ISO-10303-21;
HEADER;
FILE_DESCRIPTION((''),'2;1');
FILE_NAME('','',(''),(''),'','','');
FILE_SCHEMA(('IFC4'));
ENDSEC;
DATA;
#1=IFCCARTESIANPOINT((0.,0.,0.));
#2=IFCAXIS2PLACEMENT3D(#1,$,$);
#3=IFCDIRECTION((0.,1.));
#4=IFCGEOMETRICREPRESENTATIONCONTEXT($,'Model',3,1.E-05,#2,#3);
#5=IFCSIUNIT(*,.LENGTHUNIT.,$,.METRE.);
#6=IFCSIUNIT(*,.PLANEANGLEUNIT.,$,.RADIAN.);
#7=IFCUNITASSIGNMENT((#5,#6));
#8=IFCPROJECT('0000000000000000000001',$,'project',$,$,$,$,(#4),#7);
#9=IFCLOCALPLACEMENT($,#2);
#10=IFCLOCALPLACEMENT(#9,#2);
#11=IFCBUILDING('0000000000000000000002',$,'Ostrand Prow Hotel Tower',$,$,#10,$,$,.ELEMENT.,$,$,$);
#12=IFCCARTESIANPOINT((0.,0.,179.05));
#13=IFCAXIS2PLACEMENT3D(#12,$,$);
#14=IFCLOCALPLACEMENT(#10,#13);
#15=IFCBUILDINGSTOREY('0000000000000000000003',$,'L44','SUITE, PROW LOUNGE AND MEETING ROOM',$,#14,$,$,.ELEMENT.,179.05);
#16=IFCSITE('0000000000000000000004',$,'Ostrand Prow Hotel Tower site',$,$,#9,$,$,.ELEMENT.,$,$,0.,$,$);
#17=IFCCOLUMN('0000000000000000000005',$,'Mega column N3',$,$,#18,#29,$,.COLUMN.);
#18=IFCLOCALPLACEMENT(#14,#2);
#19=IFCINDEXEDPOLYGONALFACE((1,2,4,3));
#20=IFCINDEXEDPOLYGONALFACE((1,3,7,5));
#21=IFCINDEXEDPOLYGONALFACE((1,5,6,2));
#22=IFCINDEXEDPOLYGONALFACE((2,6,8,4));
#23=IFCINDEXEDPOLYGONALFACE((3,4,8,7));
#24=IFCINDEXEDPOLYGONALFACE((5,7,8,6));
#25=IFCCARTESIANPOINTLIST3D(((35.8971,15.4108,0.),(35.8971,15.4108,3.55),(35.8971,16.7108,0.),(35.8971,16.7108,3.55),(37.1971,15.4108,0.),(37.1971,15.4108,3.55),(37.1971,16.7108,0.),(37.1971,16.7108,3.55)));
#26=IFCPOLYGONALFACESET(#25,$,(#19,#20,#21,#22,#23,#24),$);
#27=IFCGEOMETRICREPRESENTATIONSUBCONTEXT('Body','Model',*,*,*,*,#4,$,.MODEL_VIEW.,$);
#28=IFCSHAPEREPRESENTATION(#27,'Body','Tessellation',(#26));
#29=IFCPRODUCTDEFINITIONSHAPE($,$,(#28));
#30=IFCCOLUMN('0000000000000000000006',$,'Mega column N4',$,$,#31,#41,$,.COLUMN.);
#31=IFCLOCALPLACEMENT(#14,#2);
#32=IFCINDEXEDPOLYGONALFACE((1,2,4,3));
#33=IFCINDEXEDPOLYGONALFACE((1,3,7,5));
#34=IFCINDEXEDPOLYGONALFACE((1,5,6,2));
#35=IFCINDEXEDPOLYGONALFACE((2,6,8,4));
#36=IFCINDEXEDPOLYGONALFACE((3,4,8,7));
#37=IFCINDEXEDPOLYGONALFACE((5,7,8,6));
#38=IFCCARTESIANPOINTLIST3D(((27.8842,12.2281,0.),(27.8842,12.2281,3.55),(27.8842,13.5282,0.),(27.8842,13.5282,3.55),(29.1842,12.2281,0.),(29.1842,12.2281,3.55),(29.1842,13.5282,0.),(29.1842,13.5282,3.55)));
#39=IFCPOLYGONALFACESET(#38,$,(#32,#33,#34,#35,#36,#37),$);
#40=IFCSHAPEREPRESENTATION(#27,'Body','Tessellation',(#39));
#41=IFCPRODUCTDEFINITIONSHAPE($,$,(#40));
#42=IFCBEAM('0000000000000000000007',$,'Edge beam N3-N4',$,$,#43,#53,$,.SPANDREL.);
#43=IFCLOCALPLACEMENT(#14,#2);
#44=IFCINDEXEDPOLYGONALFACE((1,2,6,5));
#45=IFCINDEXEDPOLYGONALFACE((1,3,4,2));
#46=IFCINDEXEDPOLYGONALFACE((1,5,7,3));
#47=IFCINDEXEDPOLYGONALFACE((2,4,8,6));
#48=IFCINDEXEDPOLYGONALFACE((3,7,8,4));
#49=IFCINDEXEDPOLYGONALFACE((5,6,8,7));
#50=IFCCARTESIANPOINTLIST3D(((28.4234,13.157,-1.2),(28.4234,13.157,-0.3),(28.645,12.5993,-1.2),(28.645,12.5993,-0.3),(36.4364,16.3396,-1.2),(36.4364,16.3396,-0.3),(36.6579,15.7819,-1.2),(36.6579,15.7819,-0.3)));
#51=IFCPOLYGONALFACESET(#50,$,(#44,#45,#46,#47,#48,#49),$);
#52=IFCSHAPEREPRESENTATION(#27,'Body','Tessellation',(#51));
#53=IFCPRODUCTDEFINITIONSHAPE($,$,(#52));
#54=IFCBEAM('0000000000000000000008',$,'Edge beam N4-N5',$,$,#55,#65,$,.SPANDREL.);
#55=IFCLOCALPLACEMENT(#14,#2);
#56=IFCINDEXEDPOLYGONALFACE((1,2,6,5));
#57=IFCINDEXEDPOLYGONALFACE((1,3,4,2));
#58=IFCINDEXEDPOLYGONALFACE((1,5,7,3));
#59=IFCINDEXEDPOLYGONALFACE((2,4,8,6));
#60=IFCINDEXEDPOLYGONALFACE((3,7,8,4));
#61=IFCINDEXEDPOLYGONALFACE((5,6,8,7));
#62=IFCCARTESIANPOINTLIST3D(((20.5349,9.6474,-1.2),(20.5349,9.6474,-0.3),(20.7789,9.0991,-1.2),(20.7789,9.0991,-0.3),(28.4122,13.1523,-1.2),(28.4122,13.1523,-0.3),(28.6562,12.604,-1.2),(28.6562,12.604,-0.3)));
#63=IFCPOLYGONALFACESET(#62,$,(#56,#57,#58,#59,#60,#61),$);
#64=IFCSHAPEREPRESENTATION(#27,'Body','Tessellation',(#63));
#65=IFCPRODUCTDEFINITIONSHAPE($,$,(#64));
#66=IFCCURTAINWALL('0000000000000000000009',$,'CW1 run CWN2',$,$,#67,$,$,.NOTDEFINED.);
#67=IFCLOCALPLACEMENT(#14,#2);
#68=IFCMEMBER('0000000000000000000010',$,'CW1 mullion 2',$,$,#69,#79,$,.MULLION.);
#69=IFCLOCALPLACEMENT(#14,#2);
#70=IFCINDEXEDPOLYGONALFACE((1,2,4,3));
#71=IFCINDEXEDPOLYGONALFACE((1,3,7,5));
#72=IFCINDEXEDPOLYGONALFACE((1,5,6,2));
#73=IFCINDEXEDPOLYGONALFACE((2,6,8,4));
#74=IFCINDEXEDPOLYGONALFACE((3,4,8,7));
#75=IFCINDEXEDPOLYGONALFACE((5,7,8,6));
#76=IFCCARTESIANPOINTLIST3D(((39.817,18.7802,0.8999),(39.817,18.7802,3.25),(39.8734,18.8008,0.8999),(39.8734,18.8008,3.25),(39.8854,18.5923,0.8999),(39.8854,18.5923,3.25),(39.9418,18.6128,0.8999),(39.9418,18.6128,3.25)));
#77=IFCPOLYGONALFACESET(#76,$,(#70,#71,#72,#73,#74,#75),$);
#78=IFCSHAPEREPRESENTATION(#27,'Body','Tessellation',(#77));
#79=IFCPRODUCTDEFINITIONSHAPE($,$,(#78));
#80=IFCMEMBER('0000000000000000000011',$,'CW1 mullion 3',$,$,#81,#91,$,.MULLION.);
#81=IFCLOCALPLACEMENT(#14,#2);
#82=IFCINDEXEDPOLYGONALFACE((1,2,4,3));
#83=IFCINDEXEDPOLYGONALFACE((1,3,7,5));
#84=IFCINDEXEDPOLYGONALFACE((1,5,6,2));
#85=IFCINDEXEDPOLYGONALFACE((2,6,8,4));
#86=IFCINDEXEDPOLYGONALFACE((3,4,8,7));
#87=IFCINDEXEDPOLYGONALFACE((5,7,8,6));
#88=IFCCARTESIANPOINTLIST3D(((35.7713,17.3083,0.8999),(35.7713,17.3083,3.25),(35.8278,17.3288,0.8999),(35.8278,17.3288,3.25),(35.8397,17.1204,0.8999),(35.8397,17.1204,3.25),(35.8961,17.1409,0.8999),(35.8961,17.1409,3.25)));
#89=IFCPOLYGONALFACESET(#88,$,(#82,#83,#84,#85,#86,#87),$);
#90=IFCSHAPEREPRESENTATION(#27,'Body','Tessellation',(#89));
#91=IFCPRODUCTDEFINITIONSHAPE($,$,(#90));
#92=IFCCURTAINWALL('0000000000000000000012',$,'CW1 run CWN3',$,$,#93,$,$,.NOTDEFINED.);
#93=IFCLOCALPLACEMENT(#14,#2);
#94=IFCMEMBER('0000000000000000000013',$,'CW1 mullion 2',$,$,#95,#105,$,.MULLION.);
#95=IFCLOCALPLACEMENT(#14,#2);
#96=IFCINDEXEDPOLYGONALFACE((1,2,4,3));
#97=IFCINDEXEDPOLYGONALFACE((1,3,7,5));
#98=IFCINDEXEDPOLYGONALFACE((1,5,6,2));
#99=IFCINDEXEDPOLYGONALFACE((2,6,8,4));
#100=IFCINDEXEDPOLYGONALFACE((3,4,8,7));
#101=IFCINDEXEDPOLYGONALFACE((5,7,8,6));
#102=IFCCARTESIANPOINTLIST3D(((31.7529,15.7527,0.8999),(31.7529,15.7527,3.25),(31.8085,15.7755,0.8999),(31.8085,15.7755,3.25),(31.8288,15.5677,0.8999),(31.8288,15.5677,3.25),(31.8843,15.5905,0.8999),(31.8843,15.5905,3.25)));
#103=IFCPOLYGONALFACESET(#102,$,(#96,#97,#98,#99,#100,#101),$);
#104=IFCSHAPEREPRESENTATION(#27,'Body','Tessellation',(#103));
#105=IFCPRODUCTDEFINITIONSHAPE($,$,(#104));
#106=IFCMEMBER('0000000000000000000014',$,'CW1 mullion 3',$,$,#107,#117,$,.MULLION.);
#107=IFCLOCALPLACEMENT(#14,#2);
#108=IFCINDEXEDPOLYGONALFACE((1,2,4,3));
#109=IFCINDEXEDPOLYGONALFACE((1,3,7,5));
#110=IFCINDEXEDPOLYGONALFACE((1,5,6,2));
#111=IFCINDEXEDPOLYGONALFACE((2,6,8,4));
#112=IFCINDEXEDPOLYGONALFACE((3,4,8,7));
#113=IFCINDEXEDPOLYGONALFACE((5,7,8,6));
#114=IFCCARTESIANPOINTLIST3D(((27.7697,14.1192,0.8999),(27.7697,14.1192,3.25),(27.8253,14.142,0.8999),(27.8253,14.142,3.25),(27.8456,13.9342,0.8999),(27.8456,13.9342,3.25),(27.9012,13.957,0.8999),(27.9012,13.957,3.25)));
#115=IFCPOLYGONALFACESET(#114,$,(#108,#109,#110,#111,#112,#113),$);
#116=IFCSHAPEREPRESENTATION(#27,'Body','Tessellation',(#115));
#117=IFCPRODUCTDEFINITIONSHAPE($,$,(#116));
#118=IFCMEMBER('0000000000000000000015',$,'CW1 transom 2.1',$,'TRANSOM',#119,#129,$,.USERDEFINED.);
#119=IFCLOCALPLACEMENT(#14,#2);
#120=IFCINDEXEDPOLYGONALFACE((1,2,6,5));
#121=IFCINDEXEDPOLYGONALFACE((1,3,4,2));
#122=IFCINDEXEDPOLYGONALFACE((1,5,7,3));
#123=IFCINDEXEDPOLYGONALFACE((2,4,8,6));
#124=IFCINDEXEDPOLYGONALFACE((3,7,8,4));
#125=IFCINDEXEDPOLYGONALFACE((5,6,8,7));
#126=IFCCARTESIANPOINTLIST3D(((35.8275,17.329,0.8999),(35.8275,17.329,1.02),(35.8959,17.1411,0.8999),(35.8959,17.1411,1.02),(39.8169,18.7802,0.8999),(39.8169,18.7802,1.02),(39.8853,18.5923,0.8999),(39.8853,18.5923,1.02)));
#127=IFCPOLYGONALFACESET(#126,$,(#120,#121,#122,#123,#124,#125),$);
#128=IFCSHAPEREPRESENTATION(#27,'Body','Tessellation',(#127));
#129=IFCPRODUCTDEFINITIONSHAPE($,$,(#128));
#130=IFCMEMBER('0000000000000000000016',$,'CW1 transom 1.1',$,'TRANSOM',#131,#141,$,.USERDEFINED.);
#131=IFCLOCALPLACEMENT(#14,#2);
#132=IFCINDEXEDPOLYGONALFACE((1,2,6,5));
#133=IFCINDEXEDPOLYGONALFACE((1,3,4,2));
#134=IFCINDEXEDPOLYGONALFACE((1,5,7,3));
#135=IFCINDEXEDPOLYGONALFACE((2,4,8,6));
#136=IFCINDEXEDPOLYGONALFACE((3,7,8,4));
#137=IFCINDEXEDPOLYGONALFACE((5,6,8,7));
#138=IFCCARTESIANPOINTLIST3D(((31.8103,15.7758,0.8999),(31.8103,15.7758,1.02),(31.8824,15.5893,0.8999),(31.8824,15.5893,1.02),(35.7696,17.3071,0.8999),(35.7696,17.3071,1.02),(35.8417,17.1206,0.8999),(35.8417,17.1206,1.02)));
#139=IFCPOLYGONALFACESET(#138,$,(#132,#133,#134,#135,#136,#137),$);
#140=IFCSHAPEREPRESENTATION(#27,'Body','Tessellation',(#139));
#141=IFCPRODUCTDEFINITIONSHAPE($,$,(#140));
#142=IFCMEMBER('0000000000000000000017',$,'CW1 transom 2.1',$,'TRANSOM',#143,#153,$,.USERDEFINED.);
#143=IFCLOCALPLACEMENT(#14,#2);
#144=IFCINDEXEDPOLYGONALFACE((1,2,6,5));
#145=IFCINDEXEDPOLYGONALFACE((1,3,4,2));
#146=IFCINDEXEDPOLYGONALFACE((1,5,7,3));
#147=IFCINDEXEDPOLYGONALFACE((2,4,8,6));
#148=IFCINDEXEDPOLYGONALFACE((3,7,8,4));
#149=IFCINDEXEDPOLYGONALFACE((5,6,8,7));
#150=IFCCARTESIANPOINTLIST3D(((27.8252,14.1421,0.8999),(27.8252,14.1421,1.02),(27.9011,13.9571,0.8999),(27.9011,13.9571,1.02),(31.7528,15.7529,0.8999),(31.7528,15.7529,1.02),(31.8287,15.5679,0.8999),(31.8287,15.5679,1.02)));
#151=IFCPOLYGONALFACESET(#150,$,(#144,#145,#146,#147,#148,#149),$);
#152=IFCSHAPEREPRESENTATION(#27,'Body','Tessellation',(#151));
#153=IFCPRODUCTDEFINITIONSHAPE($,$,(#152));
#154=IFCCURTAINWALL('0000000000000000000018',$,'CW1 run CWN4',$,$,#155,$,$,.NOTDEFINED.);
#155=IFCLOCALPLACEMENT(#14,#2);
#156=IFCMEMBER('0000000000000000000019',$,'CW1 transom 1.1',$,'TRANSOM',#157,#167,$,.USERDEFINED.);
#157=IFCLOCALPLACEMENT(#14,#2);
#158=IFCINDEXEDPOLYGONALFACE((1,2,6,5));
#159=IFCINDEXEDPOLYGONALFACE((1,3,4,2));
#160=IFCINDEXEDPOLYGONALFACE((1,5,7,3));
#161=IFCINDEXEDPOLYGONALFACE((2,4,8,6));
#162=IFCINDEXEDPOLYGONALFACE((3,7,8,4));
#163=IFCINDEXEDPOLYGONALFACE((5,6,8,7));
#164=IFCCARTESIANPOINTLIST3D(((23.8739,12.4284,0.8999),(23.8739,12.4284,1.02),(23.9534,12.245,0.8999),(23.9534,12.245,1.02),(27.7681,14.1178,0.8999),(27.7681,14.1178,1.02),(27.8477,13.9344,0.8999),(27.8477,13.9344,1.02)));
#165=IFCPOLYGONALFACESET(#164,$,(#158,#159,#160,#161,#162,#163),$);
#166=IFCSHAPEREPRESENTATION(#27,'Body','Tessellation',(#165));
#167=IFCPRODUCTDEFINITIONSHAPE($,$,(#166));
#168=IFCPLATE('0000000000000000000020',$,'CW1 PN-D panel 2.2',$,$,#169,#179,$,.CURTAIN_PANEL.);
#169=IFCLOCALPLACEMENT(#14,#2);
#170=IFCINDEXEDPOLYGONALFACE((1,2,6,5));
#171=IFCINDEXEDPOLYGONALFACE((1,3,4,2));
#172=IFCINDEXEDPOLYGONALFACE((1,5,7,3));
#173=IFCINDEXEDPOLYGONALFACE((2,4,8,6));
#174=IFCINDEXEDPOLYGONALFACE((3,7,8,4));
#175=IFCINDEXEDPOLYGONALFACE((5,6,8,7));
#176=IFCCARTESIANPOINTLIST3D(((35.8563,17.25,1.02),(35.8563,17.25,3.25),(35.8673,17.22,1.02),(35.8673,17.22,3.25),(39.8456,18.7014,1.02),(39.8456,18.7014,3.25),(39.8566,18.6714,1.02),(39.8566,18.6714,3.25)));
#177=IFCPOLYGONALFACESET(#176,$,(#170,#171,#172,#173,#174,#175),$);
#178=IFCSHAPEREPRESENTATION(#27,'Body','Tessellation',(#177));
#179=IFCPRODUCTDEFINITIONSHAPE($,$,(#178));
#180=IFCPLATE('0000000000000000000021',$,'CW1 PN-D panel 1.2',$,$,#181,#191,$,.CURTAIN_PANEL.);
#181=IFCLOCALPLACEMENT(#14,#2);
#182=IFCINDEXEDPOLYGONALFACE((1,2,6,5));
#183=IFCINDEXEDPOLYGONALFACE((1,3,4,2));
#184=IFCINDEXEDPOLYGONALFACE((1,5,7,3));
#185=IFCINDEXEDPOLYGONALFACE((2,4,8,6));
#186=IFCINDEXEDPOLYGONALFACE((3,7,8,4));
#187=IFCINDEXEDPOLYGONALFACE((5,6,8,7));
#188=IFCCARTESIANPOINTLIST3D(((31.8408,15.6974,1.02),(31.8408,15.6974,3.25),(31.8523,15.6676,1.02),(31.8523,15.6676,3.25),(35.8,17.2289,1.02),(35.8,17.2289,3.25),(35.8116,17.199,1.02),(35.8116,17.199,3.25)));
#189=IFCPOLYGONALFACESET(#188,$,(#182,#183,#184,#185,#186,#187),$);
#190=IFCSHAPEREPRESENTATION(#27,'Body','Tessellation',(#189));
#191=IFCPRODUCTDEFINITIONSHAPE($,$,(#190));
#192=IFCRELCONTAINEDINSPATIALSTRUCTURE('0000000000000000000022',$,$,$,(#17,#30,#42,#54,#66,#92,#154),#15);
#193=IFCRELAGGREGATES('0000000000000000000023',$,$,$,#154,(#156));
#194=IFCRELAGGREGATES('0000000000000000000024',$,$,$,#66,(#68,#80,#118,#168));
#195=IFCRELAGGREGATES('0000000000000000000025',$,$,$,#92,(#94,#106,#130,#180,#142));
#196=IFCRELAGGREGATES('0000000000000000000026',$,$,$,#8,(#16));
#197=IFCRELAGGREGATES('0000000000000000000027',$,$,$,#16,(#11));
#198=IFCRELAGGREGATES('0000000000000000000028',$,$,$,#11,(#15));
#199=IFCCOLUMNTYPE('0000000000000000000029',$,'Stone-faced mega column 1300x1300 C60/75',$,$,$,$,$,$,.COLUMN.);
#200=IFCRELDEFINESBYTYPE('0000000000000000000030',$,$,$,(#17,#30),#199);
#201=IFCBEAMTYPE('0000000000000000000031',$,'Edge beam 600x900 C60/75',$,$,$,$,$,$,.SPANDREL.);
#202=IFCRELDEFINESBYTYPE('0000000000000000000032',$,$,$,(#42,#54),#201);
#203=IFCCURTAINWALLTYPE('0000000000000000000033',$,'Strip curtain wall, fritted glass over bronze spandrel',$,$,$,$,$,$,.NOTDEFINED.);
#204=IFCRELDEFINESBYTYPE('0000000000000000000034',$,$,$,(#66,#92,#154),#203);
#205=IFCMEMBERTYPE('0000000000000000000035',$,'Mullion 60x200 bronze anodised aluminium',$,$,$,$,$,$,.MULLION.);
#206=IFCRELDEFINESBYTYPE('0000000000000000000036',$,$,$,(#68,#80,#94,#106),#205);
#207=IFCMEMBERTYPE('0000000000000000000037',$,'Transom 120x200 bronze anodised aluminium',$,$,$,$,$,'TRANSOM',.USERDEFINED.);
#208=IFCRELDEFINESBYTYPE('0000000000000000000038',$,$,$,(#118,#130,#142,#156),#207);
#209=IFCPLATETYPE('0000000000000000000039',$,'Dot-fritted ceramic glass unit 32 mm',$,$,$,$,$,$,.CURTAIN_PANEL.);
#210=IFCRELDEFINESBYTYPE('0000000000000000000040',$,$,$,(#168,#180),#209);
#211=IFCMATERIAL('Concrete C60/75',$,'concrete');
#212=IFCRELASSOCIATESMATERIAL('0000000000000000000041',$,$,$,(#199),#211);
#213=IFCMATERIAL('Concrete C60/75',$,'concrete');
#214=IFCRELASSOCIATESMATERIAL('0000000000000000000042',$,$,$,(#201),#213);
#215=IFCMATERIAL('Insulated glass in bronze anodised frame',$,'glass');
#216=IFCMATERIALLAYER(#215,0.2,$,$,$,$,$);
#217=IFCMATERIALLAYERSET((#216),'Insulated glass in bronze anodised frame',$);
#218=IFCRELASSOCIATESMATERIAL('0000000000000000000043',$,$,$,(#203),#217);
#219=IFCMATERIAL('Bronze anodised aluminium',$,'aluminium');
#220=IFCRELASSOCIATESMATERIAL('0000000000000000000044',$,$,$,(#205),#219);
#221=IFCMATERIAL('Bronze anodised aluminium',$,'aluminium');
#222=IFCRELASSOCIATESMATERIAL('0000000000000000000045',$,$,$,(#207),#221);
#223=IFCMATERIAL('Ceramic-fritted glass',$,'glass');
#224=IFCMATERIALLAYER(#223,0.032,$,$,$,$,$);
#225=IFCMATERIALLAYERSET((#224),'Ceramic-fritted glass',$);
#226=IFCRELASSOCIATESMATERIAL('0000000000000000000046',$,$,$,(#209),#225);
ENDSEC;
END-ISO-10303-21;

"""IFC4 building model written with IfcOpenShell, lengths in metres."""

from ifc_helpers import new_model, si_unit, direction, frame, origin, origin_2d, place, context, subcontext, project, spatial, rectangle, extrude, material, layer, layer_set, material_profile, profile_set, type_object, element, aggregate, save


model = new_model("IFC4")

# Units and contexts
model_context = context("Model", 3, precision=1e-05, world=origin(), true_north=direction((0.0, 1.0)))
body_context = subcontext(model_context, "Body", "Model", "MODEL_VIEW")
ifc_project = project(units=[si_unit("LENGTHUNIT", "METRE"), si_unit("PLANEANGLEUNIT", "RADIAN")], contexts=[model_context])

# Site, building, storey
site_placement = place(None, origin())
site = spatial("IfcSite", under=ifc_project, at=site_placement, Name="Ostrand Prow Hotel Tower site", CompositionType="ELEMENT", RefElevation=0.0)
building_placement = place(site_placement, origin())
building = spatial("IfcBuilding", under=site, at=building_placement, Name="Ostrand Prow Hotel Tower", CompositionType="ELEMENT")
storey_placement = place(building_placement, frame((0.0, 0.0, 179.05)))
storey = spatial("IfcBuildingStorey", under=building, at=storey_placement, Name="L44", Description="SUITE, PROW LOUNGE AND MEETING ROOM", CompositionType="ELEMENT", Elevation=179.05)

# Columns
ifc_material_1 = material(Name="Concrete C60/75", Category="concrete")
ifc_material_profile_1 = material_profile(ifc_material_1, rectangle(XDim=1.3, YDim=1.3, at=origin_2d()), Name="RC 1300x1300")
ifc_profile_set_1 = profile_set([ifc_material_profile_1], Name="Concrete C60/75")
column_type = type_object("IfcColumnType", Name="Stone-faced mega column 1300x1300 C60/75", PredefinedType="COLUMN", material=ifc_profile_set_1)
for number, where, z_axis, x_axis, name in (
    (1, (36.5471, 16.0608, 0.0), (0.0, 0.0, 1.0), (1.0, 0.0, 0.0), "Mega column N3"),
    (2, (28.5342, 12.8782, 0.0), (0.0, 0.0, 1.0), (1.0, 0.0, 0.0), "Mega column N4"),
):
    element("IfcColumn", number, at=place(storey_placement, frame(where, z_axis=z_axis, x_axis=x_axis)), inside=storey, type_object=column_type, Name=name, PredefinedType="COLUMN", context=body_context, shape_type="SweptSolid", body=[
        extrude(rectangle(XDim=1.3, YDim=1.3, at=origin_2d()), origin(), (0.0, 0.0, 1.0), 3.55),
    ])

# Beams
ifc_material_2 = material(Name="Concrete C60/75", Category="concrete")
ifc_material_profile_2 = material_profile(ifc_material_2, rectangle(XDim=0.6001, YDim=0.8999, at=origin_2d()), Name="RC 600x900")
ifc_profile_set_2 = profile_set([ifc_material_profile_2], Name="Concrete C60/75")
beam_type = type_object("IfcBeamType", Name="Edge beam 600x900 C60/75", PredefinedType="SPANDREL", material=ifc_profile_set_2)
for number, where, z_axis, x_axis, name in (
    (3, (36.5471, 16.0608, -0.75), (-0.929376, -0.369134, 0.0), (0.369134, -0.929376, 0.0), "Edge beam N3-N4"),
    (4, (28.5342, 12.8782, -0.75), (-0.913643, -0.406517, 0.0), (0.406517, -0.913643, 0.0), "Edge beam N4-N5"),
):
    element("IfcBeam", number, at=place(storey_placement, frame(where, z_axis=z_axis, x_axis=x_axis)), inside=storey, type_object=beam_type, Name=name, PredefinedType="SPANDREL", context=body_context, shape_type="SweptSolid", body=[
        extrude(rectangle(XDim=0.6001, YDim=0.8999, at=origin_2d()), origin(), (0.0, 0.0, 1.0), 8.6218),
    ])

# Curtain walls, members
ifc_material_3 = material(Name="Insulated glass in bronze anodised frame", Category="glass")
ifc_layer_1 = layer(ifc_material_3, 0.2)
ifc_layer_set_1 = layer_set([ifc_layer_1], Name="Insulated glass in bronze anodised frame")
curtain_wall_type = type_object("IfcCurtainWallType", Name="Strip curtain wall, fritted glass over bronze spandrel", PredefinedType="NOTDEFINED", material=ifc_layer_set_1)
curtain_wall_1_placement = place(storey_placement, origin())
curtain_wall_1 = element("IfcCurtainWall", 5, at=curtain_wall_1_placement, inside=storey, type_object=curtain_wall_type, Name="CW1 run CWN2", PredefinedType="NOTDEFINED")
ifc_material_4 = material(Name="Bronze anodised aluminium", Category="aluminium")
ifc_material_profile_3 = material_profile(ifc_material_4, rectangle(XDim=0.2, YDim=0.0601, at=origin_2d()), Name="Mullion 60x200 bronze anodised aluminium")
ifc_profile_set_3 = profile_set([ifc_material_profile_3], Name="Bronze anodised aluminium")
member_type_1 = type_object("IfcMemberType", Name="Mullion 60x200 bronze anodised aluminium", PredefinedType="MULLION", material=ifc_profile_set_3)
member_1_placement = place(storey_placement, frame((39.8794, 18.6965, 0.8999), z_axis=(0.0, 0.0, 1.0), x_axis=(0.341897, -0.939737, 0.0)))
member_1 = element("IfcMember", 6, at=member_1_placement, type_object=member_type_1, Name="CW1 mullion 2", PredefinedType="MULLION", context=body_context, shape_type="SweptSolid", body=[
    extrude(rectangle(XDim=0.2, YDim=0.0601, at=origin_2d()), origin(), (0.0, 0.0, 1.0), 2.3501),
])
member_2_placement = place(storey_placement, frame((35.8337, 17.2246, 0.8999), z_axis=(0.0, 0.0, 1.0), x_axis=(0.341897, -0.939737, 0.0)))
member_2 = element("IfcMember", 7, at=member_2_placement, type_object=member_type_1, Name="CW1 mullion 3", PredefinedType="MULLION", context=body_context, shape_type="SweptSolid", body=[
    extrude(rectangle(XDim=0.2, YDim=0.0601, at=origin_2d()), origin(), (0.0, 0.0, 1.0), 2.3501),
])
curtain_wall_2_placement = place(storey_placement, origin())
curtain_wall_2 = element("IfcCurtainWall", 8, at=curtain_wall_2_placement, inside=storey, type_object=curtain_wall_type, Name="CW1 run CWN3", PredefinedType="NOTDEFINED")
member_3_placement = place(storey_placement, frame((31.8186, 15.6716, 0.8999), z_axis=(0.0, 0.0, 1.0), x_axis=(0.379453, -0.925211, 0.0)))
member_3 = element("IfcMember", 9, at=member_3_placement, type_object=member_type_1, Name="CW1 mullion 2", PredefinedType="MULLION", context=body_context, shape_type="SweptSolid", body=[
    extrude(rectangle(XDim=0.2, YDim=0.0601, at=origin_2d()), origin(), (0.0, 0.0, 1.0), 2.3501),
])
member_4_placement = place(storey_placement, frame((27.8354, 14.0381, 0.8999), z_axis=(0.0, 0.0, 1.0), x_axis=(0.379453, -0.925211, 0.0)))
member_4 = element("IfcMember", 10, at=member_4_placement, type_object=member_type_1, Name="CW1 mullion 3", PredefinedType="MULLION", context=body_context, shape_type="SweptSolid", body=[
    extrude(rectangle(XDim=0.2, YDim=0.0601, at=origin_2d()), origin(), (0.0, 0.0, 1.0), 2.3501),
])

# Members
ifc_material_5 = material(Name="Bronze anodised aluminium", Category="aluminium")
ifc_material_profile_4 = material_profile(ifc_material_5, rectangle(XDim=0.2, YDim=0.1201, at=origin_2d()), Name="Transom 120x200 bronze anodised aluminium")
ifc_profile_set_4 = profile_set([ifc_material_profile_4], Name="Bronze anodised aluminium")
member_type_2 = type_object("IfcMemberType", Name="Transom 120x200 bronze anodised aluminium", ElementType="TRANSOM", PredefinedType="USERDEFINED", material=ifc_profile_set_4)
member_5_placement = place(storey_placement, frame((39.8511, 18.6863, 0.96), z_axis=(-0.939753, -0.341854, 0.0), x_axis=(0.341854, -0.939753, 0.0)))
member_5 = element("IfcMember", 11, at=member_5_placement, type_object=member_type_2, Name="CW1 transom 2.1", ObjectType="TRANSOM", PredefinedType="USERDEFINED", context=body_context, shape_type="SweptSolid", body=[
    extrude(rectangle(XDim=0.2, YDim=0.1201, at=origin_2d()), origin(), (0.0, 0.0, 1.0), 4.2451),
])
member_6_placement = place(storey_placement, frame((35.8057, 17.2139, 0.96), z_axis=(-0.932675, -0.360717, 0.0), x_axis=(0.360717, -0.932675, 0.0)))
member_6 = element("IfcMember", 12, at=member_6_placement, type_object=member_type_2, Name="CW1 transom 1.1", ObjectType="TRANSOM", PredefinedType="USERDEFINED", context=body_context, shape_type="SweptSolid", body=[
    extrude(rectangle(XDim=0.2, YDim=0.1201, at=origin_2d()), origin(), (0.0, 0.0, 1.0), 4.2451),
])
member_7_placement = place(storey_placement, frame((31.7908, 15.6604, 0.96), z_axis=(-0.925213, -0.379448, 0.0), x_axis=(0.379448, -0.925213, 0.0)))
member_7 = element("IfcMember", 13, at=member_7_placement, type_object=member_type_2, Name="CW1 transom 2.1", ObjectType="TRANSOM", PredefinedType="USERDEFINED", context=body_context, shape_type="SweptSolid", body=[
    extrude(rectangle(XDim=0.2, YDim=0.1201, at=origin_2d()), origin(), (0.0, 0.0, 1.0), 4.2451),
])

# Curtain wall, member
curtain_wall_3_placement = place(storey_placement, origin())
curtain_wall_3 = element("IfcCurtainWall", 14, at=curtain_wall_3_placement, inside=storey, type_object=curtain_wall_type, Name="CW1 run CWN4", PredefinedType="NOTDEFINED")
member_8_placement = place(storey_placement, frame((27.8079, 14.0261, 0.96), z_axis=(-0.91739, -0.39799, 0.0), x_axis=(0.39799, -0.91739, 0.0)))
member_8 = element("IfcMember", 15, at=member_8_placement, type_object=member_type_2, Name="CW1 transom 1.1", ObjectType="TRANSOM", PredefinedType="USERDEFINED", context=body_context, shape_type="SweptSolid", body=[
    extrude(rectangle(XDim=0.2, YDim=0.1201, at=origin_2d()), origin(), (0.0, 0.0, 1.0), 4.2449),
])
aggregate(curtain_wall_3, [member_8])

# Plates
ifc_material_6 = material(Name="Ceramic-fritted glass", Category="glass")
ifc_layer_2 = layer(ifc_material_6, 0.032)
ifc_layer_set_2 = layer_set([ifc_layer_2], Name="Ceramic-fritted glass")
plate_type_1 = type_object("IfcPlateType", Name="Dot-fritted ceramic glass unit 32 mm", PredefinedType="CURTAIN_PANEL", material=ifc_layer_set_2)
plate_1_placement = place(storey_placement, frame((37.8564, 17.9607, 1.02), z_axis=(0.0, 0.0, 1.0), x_axis=(-0.939737, -0.341897, 0.0)))
plate_1 = element("IfcPlate", 16, at=plate_1_placement, type_object=plate_type_1, Name="CW1 PN-D panel 2.2", PredefinedType="CURTAIN_PANEL", context=body_context, shape_type="SweptSolid", body=[
    extrude(rectangle(XDim=4.2451, YDim=0.032, at=origin_2d()), origin(), (0.0, 0.0, 1.0), 2.23),
])
plate_2_placement = place(storey_placement, frame((33.8262, 16.4482, 1.02), z_axis=(0.0, 0.0, 1.0), x_axis=(-0.932663, -0.360749, 0.0)))
plate_2 = element("IfcPlate", 17, at=plate_2_placement, type_object=plate_type_1, Name="CW1 PN-D panel 1.2", PredefinedType="CURTAIN_PANEL", context=body_context, shape_type="SweptSolid", body=[
    extrude(rectangle(XDim=4.2451, YDim=0.032, at=origin_2d()), origin(), (0.0, 0.0, 1.0), 2.23),
])
aggregate(curtain_wall_1, [member_1, member_2, member_5, plate_1])
aggregate(curtain_wall_2, [member_3, member_4, member_6, plate_2, member_7])

save(model, "model.ifc")
